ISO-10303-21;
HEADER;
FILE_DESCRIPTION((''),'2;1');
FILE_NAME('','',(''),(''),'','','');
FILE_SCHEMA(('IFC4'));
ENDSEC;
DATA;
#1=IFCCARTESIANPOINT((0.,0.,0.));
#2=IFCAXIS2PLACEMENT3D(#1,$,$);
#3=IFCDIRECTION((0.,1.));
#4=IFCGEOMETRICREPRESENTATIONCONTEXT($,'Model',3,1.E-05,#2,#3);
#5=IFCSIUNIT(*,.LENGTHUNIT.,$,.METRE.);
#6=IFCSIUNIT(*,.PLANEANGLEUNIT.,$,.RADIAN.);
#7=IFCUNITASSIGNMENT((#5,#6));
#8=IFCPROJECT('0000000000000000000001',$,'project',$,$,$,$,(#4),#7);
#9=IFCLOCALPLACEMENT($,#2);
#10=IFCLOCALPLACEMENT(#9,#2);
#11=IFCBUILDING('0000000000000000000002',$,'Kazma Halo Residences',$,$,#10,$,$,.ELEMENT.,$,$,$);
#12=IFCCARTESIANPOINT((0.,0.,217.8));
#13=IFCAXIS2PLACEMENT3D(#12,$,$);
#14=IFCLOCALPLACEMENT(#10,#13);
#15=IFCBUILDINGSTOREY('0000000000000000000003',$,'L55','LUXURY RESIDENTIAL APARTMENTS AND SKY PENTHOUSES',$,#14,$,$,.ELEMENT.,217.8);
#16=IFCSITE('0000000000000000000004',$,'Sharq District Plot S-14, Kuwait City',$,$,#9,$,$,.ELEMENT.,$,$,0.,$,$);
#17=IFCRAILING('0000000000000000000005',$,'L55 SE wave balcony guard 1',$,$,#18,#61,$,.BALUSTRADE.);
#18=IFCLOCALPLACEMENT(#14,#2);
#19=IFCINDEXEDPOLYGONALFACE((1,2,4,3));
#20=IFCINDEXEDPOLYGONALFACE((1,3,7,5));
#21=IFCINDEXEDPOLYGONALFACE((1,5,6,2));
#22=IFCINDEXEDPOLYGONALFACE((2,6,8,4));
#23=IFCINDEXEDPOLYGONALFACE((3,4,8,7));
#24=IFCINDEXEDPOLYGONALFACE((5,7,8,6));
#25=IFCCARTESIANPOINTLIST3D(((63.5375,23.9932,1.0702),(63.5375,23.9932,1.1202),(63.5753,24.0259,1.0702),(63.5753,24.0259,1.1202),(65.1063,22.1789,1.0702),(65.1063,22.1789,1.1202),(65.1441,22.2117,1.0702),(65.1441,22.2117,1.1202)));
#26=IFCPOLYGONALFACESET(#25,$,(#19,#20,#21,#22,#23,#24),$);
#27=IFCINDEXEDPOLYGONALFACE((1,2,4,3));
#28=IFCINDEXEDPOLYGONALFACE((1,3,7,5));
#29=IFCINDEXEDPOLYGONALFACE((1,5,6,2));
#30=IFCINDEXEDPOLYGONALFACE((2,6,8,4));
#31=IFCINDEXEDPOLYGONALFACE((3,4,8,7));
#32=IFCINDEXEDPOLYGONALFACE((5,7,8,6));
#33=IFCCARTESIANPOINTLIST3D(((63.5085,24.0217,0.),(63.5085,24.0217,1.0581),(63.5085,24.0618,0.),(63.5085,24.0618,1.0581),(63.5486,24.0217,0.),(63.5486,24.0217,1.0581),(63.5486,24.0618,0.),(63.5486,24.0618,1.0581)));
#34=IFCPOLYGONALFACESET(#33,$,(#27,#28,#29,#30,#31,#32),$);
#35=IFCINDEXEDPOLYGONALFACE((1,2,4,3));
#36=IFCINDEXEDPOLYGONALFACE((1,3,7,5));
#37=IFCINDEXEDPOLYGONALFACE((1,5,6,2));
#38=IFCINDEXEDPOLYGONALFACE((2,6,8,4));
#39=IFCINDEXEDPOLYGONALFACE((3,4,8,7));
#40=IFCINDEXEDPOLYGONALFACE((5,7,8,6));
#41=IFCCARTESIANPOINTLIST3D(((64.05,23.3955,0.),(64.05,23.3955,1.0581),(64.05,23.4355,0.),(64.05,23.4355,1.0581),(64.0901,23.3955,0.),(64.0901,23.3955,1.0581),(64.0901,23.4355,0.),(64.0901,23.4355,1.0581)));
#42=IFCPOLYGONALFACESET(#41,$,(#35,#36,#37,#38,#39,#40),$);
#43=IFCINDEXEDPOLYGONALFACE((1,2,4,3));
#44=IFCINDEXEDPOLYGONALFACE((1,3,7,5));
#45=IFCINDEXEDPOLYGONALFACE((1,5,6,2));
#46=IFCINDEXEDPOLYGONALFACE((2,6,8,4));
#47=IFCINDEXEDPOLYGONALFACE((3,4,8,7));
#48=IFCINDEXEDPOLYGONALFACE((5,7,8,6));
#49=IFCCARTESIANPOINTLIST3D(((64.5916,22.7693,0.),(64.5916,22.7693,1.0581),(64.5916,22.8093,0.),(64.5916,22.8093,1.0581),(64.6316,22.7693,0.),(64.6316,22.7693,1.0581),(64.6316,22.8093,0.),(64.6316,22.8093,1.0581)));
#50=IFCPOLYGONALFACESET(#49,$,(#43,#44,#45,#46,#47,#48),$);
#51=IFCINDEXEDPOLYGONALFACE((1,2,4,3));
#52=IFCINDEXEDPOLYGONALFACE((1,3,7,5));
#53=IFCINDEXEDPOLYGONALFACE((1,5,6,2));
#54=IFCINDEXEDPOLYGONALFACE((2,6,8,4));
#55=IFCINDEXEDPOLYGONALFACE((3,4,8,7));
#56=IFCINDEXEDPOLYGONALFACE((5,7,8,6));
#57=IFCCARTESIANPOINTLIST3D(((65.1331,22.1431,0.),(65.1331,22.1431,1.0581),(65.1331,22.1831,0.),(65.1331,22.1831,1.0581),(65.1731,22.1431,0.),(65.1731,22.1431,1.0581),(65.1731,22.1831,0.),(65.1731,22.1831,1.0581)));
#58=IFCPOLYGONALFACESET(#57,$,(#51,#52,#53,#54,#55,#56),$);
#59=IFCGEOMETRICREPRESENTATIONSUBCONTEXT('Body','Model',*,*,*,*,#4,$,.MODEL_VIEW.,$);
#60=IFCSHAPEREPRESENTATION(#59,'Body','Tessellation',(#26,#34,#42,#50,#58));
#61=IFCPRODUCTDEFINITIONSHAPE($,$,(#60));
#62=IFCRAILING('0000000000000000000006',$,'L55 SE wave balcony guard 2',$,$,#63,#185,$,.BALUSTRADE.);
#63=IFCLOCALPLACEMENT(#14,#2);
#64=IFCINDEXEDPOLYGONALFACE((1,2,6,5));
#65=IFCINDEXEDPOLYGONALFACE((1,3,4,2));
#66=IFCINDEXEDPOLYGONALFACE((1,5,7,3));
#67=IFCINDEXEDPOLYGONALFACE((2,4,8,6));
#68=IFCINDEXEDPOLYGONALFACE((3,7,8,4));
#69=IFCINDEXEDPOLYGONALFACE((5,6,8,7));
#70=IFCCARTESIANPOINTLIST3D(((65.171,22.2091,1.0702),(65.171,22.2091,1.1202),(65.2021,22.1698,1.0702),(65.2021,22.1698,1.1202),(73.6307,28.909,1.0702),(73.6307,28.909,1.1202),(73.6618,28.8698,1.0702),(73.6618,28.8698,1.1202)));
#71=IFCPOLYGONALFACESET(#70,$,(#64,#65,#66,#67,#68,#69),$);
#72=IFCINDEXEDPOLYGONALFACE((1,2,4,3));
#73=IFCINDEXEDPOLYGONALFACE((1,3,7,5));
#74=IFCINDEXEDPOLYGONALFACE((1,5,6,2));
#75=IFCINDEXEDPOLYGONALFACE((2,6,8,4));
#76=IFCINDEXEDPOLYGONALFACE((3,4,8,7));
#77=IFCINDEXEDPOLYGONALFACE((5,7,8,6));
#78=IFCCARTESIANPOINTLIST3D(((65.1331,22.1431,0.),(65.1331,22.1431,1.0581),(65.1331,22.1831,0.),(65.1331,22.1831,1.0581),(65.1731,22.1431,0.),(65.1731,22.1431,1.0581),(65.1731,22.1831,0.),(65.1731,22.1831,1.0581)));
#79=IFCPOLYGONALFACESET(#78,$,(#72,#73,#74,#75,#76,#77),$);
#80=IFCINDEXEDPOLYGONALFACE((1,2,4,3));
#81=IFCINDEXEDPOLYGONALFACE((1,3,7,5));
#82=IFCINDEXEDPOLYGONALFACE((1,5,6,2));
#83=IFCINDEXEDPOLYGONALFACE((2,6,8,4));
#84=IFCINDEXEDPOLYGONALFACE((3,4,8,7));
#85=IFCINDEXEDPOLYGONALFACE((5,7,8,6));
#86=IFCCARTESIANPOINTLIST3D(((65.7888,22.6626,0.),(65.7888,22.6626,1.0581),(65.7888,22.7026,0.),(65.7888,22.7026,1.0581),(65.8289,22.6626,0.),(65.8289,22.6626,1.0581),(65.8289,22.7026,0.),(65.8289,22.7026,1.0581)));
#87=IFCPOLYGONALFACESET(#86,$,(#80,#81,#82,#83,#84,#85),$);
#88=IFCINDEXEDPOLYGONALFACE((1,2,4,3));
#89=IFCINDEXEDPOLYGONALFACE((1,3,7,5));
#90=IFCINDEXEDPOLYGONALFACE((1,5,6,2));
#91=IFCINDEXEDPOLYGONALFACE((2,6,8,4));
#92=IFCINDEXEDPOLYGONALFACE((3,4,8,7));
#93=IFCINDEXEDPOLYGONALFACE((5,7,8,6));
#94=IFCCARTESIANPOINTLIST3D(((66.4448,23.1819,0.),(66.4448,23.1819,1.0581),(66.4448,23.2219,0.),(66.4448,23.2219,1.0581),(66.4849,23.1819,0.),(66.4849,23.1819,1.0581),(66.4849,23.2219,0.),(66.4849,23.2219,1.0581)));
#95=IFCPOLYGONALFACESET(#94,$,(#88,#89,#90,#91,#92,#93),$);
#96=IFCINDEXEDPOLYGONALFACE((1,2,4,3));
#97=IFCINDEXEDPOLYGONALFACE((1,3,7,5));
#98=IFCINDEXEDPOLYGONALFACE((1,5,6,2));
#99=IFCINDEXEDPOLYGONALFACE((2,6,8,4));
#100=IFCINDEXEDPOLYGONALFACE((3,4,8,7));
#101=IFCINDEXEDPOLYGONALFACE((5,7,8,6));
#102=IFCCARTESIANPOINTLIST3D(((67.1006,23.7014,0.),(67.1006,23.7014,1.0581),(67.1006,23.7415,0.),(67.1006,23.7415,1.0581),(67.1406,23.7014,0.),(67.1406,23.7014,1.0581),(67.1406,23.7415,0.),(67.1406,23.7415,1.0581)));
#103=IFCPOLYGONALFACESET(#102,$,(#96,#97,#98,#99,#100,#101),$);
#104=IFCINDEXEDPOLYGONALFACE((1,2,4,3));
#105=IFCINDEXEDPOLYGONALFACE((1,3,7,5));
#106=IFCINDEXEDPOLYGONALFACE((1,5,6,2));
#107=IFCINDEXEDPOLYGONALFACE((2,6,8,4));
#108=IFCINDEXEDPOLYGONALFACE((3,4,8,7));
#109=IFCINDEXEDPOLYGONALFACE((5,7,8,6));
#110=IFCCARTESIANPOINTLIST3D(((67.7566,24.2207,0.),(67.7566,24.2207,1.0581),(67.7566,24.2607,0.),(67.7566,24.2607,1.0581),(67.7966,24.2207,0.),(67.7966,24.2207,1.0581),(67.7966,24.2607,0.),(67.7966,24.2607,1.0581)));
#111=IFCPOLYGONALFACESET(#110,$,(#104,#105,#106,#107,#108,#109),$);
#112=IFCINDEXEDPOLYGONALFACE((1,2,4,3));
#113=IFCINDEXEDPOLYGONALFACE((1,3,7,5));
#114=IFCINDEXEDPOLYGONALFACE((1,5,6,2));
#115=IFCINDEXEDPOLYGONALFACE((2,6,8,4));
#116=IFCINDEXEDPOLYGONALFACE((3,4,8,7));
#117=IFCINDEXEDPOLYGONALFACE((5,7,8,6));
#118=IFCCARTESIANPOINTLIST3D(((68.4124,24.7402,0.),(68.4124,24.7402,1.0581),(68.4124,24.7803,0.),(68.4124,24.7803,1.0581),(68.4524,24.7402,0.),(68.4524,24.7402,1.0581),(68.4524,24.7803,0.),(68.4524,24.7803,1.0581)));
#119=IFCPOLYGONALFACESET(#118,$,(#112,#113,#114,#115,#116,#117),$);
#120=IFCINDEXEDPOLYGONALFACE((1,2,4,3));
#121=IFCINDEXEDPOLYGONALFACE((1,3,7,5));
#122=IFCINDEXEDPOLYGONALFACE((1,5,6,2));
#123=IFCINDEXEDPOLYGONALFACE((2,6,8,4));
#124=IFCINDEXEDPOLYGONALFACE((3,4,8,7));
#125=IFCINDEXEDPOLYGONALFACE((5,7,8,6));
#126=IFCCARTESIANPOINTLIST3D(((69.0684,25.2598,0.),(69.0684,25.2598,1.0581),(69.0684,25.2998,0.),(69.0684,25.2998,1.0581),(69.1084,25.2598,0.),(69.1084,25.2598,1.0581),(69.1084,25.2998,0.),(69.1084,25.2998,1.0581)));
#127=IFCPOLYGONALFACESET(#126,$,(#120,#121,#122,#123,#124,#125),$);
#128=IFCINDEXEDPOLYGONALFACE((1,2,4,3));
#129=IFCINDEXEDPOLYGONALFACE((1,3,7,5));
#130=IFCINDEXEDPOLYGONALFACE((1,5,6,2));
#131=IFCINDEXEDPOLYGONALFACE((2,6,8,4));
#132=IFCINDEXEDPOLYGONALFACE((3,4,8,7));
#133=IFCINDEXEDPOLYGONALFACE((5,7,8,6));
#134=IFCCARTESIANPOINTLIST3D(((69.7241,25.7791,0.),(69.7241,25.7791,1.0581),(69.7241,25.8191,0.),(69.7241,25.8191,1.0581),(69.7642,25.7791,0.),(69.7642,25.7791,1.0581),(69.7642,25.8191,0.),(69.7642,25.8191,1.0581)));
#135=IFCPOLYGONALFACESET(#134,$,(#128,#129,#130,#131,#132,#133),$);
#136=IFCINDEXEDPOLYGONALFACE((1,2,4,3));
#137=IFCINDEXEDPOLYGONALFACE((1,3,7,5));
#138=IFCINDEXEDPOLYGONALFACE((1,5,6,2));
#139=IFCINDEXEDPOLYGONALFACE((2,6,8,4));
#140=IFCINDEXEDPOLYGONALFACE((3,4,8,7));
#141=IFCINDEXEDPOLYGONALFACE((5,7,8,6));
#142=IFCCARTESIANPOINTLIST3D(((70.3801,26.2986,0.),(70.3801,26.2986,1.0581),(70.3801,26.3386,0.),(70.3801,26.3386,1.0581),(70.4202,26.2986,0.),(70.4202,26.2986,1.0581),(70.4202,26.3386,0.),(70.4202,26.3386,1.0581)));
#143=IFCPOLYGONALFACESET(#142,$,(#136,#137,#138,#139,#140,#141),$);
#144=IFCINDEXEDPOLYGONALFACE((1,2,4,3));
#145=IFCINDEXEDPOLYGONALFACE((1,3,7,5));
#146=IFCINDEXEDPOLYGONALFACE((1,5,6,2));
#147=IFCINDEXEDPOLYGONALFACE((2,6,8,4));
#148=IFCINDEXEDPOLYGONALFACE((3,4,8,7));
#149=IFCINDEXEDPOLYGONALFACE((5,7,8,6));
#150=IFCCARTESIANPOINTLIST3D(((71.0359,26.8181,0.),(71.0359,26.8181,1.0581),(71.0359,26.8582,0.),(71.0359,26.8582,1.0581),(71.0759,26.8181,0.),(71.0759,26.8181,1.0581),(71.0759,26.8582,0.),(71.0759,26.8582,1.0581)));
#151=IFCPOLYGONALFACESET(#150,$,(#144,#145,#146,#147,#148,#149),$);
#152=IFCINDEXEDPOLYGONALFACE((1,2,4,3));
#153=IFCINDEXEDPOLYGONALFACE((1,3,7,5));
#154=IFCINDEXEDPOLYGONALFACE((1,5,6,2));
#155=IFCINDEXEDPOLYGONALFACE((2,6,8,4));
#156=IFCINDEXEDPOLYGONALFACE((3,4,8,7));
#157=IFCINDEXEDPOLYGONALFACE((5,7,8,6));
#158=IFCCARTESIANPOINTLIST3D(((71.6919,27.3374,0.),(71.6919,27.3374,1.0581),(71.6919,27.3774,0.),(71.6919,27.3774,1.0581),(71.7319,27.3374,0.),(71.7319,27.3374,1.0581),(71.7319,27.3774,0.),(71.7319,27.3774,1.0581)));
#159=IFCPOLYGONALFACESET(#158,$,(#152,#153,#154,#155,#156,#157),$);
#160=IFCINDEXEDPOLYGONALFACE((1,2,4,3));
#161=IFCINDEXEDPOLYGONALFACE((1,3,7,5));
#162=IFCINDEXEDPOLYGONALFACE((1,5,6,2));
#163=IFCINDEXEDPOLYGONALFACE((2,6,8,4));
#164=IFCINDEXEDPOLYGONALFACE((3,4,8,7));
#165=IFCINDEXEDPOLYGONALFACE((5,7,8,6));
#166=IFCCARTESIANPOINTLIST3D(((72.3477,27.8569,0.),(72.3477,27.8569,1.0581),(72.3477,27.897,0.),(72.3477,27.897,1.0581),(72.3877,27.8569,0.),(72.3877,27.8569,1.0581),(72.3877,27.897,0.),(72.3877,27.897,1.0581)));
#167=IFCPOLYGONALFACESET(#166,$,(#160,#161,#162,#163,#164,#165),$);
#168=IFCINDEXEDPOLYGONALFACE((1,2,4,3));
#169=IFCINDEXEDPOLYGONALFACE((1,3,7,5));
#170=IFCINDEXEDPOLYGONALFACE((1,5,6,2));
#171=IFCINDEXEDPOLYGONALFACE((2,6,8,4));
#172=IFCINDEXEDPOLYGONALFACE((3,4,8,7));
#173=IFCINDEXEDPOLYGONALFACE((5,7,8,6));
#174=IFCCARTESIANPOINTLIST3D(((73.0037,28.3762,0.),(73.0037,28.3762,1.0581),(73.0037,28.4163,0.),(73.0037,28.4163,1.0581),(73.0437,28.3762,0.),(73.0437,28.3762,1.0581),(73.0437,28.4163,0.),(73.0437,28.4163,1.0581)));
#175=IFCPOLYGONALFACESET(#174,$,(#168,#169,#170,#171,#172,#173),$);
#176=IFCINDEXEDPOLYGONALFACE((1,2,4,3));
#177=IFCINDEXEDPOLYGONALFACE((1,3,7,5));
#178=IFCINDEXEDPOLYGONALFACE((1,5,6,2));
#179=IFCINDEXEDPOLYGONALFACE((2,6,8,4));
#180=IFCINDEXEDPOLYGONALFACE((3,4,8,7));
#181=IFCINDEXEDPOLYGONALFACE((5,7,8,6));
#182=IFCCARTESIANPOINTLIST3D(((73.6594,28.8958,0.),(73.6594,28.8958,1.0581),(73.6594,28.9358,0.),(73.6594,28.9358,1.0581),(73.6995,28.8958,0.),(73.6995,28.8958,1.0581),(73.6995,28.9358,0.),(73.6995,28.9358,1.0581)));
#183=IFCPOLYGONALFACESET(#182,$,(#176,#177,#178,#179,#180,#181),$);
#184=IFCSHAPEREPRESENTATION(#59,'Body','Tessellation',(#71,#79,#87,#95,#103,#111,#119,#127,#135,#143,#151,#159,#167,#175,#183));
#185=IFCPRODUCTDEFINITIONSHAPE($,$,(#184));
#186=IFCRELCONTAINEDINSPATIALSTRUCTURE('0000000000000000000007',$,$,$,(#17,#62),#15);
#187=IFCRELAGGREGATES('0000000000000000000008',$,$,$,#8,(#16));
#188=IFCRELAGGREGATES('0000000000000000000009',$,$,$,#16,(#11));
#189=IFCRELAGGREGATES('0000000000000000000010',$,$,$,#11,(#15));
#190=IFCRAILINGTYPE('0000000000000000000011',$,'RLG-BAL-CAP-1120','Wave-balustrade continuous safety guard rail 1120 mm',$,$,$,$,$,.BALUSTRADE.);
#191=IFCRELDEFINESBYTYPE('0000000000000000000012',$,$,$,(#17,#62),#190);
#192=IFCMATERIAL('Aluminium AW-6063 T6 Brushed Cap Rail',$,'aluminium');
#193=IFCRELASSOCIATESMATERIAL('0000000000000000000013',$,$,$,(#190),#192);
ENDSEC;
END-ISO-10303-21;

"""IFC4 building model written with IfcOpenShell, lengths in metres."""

from ifc_helpers import new_model, si_unit, direction, frame, origin, origin_2d, place, context, subcontext, project, spatial, rectangle, extrude, material, type_object, element, save


model = new_model("IFC4")

# Units and contexts
model_context = context("Model", 3, precision=1e-05, world=origin(), true_north=direction((0.0, 1.0)))
body_context = subcontext(model_context, "Body", "Model", "MODEL_VIEW")
ifc_project = project(units=[si_unit("LENGTHUNIT", "METRE"), si_unit("PLANEANGLEUNIT", "RADIAN")], contexts=[model_context])

# Site, building, storey
site_placement = place(None, origin())
site = spatial("IfcSite", under=ifc_project, at=site_placement, Name="Sharq District Plot S-14, Kuwait City", CompositionType="ELEMENT", RefElevation=0.0)
building_placement = place(site_placement, origin())
building = spatial("IfcBuilding", under=site, at=building_placement, Name="Kazma Halo Residences", CompositionType="ELEMENT")
storey_placement = place(building_placement, frame((0.0, 0.0, 217.8)))
storey = spatial("IfcBuildingStorey", under=building, at=storey_placement, Name="L55", Description="LUXURY RESIDENTIAL APARTMENTS AND SKY PENTHOUSES", CompositionType="ELEMENT", Elevation=217.8)

# Railings
ifc_material_1 = material(Name="Aluminium AW-6063 T6 Brushed Cap Rail", Category="aluminium")
railing_type = type_object("IfcRailingType", Name="RLG-BAL-CAP-1120", Description="Wave-balustrade continuous safety guard rail 1120 mm", PredefinedType="BALUSTRADE", material=ifc_material_1)
railing_1_placement = place(storey_placement, frame((63.5286, 24.0417, 0.0)))
element("IfcRailing", 1, at=railing_1_placement, inside=storey, type_object=railing_type, Name="L55 SE wave balcony guard 1", PredefinedType="BALUSTRADE", context=body_context, shape_type="SweptSolid", body=[
    extrude(rectangle(XDim=0.05, YDim=0.05, at=origin_2d()), frame((0.0278, -0.0322, 1.0952), z_axis=(0.654088, -0.756418, 0.0), x_axis=(0.756418, 0.654088, 0.0)), (0.0, 0.0, 1.0), 2.3984),
    extrude(rectangle(XDim=0.04, YDim=0.04, at=origin_2d()), origin(), (0.0, 0.0, 1.0), 1.0581),
    extrude(rectangle(XDim=0.04, YDim=0.04, at=origin_2d()), frame((0.5415, -0.6262, 0.0)), (0.0, 0.0, 1.0), 1.0581),
    extrude(rectangle(XDim=0.04, YDim=0.04, at=origin_2d()), frame((1.083, -1.2524, 0.0)), (0.0, 0.0, 1.0), 1.0581),
    extrude(rectangle(XDim=0.04, YDim=0.04, at=origin_2d()), frame((1.6245, -1.8787, 0.0)), (0.0, 0.0, 1.0), 1.0581),
])
railing_2_placement = place(storey_placement, frame((65.1531, 22.1631, 0.0)))
element("IfcRailing", 2, at=railing_2_placement, inside=storey, type_object=railing_type, Name="L55 SE wave balcony guard 2", PredefinedType="BALUSTRADE", context=body_context, shape_type="SweptSolid", body=[
    extrude(rectangle(XDim=0.05, YDim=0.05, at=origin_2d()), frame((0.0334, 0.0264, 1.0952), z_axis=(0.783927, 0.620852, 0.0), x_axis=(-0.620852, 0.783927, 0.0)), (0.0, 0.0, 1.0), 10.7915),
    extrude(rectangle(XDim=0.04, YDim=0.04, at=origin_2d()), origin(), (0.0, 0.0, 1.0), 1.0581),
    extrude(rectangle(XDim=0.04, YDim=0.04, at=origin_2d()), frame((0.6558, 0.5195, 0.0)), (0.0, 0.0, 1.0), 1.0581),
    extrude(rectangle(XDim=0.04, YDim=0.04, at=origin_2d()), frame((1.3118, 1.0388, 0.0)), (0.0, 0.0, 1.0), 1.0581),
    extrude(rectangle(XDim=0.04, YDim=0.04, at=origin_2d()), frame((1.9675, 1.5583, 0.0)), (0.0, 0.0, 1.0), 1.0581),
    extrude(rectangle(XDim=0.04, YDim=0.04, at=origin_2d()), frame((2.6235, 2.0776, 0.0)), (0.0, 0.0, 1.0), 1.0581),
    extrude(rectangle(XDim=0.04, YDim=0.04, at=origin_2d()), frame((3.2793, 2.5972, 0.0)), (0.0, 0.0, 1.0), 1.0581),
    extrude(rectangle(XDim=0.04, YDim=0.04, at=origin_2d()), frame((3.9353, 3.1167, 0.0)), (0.0, 0.0, 1.0), 1.0581),
    extrude(rectangle(XDim=0.04, YDim=0.04, at=origin_2d()), frame((4.5911, 3.636, 0.0)), (0.0, 0.0, 1.0), 1.0581),
    extrude(rectangle(XDim=0.04, YDim=0.04, at=origin_2d()), frame((5.2471, 4.1555, 0.0)), (0.0, 0.0, 1.0), 1.0581),
    extrude(rectangle(XDim=0.04, YDim=0.04, at=origin_2d()), frame((5.9028, 4.675, 0.0)), (0.0, 0.0, 1.0), 1.0581),
    extrude(rectangle(XDim=0.04, YDim=0.04, at=origin_2d()), frame((6.5588, 5.1943, 0.0)), (0.0, 0.0, 1.0), 1.0581),
    extrude(rectangle(XDim=0.04, YDim=0.04, at=origin_2d()), frame((7.2146, 5.7139, 0.0)), (0.0, 0.0, 1.0), 1.0581),
    extrude(rectangle(XDim=0.04, YDim=0.04, at=origin_2d()), frame((7.8706, 6.2332, 0.0)), (0.0, 0.0, 1.0), 1.0581),
    extrude(rectangle(XDim=0.04, YDim=0.04, at=origin_2d()), frame((8.5264, 6.7527, 0.0)), (0.0, 0.0, 1.0), 1.0581),
])

save(model, "model.ifc")
